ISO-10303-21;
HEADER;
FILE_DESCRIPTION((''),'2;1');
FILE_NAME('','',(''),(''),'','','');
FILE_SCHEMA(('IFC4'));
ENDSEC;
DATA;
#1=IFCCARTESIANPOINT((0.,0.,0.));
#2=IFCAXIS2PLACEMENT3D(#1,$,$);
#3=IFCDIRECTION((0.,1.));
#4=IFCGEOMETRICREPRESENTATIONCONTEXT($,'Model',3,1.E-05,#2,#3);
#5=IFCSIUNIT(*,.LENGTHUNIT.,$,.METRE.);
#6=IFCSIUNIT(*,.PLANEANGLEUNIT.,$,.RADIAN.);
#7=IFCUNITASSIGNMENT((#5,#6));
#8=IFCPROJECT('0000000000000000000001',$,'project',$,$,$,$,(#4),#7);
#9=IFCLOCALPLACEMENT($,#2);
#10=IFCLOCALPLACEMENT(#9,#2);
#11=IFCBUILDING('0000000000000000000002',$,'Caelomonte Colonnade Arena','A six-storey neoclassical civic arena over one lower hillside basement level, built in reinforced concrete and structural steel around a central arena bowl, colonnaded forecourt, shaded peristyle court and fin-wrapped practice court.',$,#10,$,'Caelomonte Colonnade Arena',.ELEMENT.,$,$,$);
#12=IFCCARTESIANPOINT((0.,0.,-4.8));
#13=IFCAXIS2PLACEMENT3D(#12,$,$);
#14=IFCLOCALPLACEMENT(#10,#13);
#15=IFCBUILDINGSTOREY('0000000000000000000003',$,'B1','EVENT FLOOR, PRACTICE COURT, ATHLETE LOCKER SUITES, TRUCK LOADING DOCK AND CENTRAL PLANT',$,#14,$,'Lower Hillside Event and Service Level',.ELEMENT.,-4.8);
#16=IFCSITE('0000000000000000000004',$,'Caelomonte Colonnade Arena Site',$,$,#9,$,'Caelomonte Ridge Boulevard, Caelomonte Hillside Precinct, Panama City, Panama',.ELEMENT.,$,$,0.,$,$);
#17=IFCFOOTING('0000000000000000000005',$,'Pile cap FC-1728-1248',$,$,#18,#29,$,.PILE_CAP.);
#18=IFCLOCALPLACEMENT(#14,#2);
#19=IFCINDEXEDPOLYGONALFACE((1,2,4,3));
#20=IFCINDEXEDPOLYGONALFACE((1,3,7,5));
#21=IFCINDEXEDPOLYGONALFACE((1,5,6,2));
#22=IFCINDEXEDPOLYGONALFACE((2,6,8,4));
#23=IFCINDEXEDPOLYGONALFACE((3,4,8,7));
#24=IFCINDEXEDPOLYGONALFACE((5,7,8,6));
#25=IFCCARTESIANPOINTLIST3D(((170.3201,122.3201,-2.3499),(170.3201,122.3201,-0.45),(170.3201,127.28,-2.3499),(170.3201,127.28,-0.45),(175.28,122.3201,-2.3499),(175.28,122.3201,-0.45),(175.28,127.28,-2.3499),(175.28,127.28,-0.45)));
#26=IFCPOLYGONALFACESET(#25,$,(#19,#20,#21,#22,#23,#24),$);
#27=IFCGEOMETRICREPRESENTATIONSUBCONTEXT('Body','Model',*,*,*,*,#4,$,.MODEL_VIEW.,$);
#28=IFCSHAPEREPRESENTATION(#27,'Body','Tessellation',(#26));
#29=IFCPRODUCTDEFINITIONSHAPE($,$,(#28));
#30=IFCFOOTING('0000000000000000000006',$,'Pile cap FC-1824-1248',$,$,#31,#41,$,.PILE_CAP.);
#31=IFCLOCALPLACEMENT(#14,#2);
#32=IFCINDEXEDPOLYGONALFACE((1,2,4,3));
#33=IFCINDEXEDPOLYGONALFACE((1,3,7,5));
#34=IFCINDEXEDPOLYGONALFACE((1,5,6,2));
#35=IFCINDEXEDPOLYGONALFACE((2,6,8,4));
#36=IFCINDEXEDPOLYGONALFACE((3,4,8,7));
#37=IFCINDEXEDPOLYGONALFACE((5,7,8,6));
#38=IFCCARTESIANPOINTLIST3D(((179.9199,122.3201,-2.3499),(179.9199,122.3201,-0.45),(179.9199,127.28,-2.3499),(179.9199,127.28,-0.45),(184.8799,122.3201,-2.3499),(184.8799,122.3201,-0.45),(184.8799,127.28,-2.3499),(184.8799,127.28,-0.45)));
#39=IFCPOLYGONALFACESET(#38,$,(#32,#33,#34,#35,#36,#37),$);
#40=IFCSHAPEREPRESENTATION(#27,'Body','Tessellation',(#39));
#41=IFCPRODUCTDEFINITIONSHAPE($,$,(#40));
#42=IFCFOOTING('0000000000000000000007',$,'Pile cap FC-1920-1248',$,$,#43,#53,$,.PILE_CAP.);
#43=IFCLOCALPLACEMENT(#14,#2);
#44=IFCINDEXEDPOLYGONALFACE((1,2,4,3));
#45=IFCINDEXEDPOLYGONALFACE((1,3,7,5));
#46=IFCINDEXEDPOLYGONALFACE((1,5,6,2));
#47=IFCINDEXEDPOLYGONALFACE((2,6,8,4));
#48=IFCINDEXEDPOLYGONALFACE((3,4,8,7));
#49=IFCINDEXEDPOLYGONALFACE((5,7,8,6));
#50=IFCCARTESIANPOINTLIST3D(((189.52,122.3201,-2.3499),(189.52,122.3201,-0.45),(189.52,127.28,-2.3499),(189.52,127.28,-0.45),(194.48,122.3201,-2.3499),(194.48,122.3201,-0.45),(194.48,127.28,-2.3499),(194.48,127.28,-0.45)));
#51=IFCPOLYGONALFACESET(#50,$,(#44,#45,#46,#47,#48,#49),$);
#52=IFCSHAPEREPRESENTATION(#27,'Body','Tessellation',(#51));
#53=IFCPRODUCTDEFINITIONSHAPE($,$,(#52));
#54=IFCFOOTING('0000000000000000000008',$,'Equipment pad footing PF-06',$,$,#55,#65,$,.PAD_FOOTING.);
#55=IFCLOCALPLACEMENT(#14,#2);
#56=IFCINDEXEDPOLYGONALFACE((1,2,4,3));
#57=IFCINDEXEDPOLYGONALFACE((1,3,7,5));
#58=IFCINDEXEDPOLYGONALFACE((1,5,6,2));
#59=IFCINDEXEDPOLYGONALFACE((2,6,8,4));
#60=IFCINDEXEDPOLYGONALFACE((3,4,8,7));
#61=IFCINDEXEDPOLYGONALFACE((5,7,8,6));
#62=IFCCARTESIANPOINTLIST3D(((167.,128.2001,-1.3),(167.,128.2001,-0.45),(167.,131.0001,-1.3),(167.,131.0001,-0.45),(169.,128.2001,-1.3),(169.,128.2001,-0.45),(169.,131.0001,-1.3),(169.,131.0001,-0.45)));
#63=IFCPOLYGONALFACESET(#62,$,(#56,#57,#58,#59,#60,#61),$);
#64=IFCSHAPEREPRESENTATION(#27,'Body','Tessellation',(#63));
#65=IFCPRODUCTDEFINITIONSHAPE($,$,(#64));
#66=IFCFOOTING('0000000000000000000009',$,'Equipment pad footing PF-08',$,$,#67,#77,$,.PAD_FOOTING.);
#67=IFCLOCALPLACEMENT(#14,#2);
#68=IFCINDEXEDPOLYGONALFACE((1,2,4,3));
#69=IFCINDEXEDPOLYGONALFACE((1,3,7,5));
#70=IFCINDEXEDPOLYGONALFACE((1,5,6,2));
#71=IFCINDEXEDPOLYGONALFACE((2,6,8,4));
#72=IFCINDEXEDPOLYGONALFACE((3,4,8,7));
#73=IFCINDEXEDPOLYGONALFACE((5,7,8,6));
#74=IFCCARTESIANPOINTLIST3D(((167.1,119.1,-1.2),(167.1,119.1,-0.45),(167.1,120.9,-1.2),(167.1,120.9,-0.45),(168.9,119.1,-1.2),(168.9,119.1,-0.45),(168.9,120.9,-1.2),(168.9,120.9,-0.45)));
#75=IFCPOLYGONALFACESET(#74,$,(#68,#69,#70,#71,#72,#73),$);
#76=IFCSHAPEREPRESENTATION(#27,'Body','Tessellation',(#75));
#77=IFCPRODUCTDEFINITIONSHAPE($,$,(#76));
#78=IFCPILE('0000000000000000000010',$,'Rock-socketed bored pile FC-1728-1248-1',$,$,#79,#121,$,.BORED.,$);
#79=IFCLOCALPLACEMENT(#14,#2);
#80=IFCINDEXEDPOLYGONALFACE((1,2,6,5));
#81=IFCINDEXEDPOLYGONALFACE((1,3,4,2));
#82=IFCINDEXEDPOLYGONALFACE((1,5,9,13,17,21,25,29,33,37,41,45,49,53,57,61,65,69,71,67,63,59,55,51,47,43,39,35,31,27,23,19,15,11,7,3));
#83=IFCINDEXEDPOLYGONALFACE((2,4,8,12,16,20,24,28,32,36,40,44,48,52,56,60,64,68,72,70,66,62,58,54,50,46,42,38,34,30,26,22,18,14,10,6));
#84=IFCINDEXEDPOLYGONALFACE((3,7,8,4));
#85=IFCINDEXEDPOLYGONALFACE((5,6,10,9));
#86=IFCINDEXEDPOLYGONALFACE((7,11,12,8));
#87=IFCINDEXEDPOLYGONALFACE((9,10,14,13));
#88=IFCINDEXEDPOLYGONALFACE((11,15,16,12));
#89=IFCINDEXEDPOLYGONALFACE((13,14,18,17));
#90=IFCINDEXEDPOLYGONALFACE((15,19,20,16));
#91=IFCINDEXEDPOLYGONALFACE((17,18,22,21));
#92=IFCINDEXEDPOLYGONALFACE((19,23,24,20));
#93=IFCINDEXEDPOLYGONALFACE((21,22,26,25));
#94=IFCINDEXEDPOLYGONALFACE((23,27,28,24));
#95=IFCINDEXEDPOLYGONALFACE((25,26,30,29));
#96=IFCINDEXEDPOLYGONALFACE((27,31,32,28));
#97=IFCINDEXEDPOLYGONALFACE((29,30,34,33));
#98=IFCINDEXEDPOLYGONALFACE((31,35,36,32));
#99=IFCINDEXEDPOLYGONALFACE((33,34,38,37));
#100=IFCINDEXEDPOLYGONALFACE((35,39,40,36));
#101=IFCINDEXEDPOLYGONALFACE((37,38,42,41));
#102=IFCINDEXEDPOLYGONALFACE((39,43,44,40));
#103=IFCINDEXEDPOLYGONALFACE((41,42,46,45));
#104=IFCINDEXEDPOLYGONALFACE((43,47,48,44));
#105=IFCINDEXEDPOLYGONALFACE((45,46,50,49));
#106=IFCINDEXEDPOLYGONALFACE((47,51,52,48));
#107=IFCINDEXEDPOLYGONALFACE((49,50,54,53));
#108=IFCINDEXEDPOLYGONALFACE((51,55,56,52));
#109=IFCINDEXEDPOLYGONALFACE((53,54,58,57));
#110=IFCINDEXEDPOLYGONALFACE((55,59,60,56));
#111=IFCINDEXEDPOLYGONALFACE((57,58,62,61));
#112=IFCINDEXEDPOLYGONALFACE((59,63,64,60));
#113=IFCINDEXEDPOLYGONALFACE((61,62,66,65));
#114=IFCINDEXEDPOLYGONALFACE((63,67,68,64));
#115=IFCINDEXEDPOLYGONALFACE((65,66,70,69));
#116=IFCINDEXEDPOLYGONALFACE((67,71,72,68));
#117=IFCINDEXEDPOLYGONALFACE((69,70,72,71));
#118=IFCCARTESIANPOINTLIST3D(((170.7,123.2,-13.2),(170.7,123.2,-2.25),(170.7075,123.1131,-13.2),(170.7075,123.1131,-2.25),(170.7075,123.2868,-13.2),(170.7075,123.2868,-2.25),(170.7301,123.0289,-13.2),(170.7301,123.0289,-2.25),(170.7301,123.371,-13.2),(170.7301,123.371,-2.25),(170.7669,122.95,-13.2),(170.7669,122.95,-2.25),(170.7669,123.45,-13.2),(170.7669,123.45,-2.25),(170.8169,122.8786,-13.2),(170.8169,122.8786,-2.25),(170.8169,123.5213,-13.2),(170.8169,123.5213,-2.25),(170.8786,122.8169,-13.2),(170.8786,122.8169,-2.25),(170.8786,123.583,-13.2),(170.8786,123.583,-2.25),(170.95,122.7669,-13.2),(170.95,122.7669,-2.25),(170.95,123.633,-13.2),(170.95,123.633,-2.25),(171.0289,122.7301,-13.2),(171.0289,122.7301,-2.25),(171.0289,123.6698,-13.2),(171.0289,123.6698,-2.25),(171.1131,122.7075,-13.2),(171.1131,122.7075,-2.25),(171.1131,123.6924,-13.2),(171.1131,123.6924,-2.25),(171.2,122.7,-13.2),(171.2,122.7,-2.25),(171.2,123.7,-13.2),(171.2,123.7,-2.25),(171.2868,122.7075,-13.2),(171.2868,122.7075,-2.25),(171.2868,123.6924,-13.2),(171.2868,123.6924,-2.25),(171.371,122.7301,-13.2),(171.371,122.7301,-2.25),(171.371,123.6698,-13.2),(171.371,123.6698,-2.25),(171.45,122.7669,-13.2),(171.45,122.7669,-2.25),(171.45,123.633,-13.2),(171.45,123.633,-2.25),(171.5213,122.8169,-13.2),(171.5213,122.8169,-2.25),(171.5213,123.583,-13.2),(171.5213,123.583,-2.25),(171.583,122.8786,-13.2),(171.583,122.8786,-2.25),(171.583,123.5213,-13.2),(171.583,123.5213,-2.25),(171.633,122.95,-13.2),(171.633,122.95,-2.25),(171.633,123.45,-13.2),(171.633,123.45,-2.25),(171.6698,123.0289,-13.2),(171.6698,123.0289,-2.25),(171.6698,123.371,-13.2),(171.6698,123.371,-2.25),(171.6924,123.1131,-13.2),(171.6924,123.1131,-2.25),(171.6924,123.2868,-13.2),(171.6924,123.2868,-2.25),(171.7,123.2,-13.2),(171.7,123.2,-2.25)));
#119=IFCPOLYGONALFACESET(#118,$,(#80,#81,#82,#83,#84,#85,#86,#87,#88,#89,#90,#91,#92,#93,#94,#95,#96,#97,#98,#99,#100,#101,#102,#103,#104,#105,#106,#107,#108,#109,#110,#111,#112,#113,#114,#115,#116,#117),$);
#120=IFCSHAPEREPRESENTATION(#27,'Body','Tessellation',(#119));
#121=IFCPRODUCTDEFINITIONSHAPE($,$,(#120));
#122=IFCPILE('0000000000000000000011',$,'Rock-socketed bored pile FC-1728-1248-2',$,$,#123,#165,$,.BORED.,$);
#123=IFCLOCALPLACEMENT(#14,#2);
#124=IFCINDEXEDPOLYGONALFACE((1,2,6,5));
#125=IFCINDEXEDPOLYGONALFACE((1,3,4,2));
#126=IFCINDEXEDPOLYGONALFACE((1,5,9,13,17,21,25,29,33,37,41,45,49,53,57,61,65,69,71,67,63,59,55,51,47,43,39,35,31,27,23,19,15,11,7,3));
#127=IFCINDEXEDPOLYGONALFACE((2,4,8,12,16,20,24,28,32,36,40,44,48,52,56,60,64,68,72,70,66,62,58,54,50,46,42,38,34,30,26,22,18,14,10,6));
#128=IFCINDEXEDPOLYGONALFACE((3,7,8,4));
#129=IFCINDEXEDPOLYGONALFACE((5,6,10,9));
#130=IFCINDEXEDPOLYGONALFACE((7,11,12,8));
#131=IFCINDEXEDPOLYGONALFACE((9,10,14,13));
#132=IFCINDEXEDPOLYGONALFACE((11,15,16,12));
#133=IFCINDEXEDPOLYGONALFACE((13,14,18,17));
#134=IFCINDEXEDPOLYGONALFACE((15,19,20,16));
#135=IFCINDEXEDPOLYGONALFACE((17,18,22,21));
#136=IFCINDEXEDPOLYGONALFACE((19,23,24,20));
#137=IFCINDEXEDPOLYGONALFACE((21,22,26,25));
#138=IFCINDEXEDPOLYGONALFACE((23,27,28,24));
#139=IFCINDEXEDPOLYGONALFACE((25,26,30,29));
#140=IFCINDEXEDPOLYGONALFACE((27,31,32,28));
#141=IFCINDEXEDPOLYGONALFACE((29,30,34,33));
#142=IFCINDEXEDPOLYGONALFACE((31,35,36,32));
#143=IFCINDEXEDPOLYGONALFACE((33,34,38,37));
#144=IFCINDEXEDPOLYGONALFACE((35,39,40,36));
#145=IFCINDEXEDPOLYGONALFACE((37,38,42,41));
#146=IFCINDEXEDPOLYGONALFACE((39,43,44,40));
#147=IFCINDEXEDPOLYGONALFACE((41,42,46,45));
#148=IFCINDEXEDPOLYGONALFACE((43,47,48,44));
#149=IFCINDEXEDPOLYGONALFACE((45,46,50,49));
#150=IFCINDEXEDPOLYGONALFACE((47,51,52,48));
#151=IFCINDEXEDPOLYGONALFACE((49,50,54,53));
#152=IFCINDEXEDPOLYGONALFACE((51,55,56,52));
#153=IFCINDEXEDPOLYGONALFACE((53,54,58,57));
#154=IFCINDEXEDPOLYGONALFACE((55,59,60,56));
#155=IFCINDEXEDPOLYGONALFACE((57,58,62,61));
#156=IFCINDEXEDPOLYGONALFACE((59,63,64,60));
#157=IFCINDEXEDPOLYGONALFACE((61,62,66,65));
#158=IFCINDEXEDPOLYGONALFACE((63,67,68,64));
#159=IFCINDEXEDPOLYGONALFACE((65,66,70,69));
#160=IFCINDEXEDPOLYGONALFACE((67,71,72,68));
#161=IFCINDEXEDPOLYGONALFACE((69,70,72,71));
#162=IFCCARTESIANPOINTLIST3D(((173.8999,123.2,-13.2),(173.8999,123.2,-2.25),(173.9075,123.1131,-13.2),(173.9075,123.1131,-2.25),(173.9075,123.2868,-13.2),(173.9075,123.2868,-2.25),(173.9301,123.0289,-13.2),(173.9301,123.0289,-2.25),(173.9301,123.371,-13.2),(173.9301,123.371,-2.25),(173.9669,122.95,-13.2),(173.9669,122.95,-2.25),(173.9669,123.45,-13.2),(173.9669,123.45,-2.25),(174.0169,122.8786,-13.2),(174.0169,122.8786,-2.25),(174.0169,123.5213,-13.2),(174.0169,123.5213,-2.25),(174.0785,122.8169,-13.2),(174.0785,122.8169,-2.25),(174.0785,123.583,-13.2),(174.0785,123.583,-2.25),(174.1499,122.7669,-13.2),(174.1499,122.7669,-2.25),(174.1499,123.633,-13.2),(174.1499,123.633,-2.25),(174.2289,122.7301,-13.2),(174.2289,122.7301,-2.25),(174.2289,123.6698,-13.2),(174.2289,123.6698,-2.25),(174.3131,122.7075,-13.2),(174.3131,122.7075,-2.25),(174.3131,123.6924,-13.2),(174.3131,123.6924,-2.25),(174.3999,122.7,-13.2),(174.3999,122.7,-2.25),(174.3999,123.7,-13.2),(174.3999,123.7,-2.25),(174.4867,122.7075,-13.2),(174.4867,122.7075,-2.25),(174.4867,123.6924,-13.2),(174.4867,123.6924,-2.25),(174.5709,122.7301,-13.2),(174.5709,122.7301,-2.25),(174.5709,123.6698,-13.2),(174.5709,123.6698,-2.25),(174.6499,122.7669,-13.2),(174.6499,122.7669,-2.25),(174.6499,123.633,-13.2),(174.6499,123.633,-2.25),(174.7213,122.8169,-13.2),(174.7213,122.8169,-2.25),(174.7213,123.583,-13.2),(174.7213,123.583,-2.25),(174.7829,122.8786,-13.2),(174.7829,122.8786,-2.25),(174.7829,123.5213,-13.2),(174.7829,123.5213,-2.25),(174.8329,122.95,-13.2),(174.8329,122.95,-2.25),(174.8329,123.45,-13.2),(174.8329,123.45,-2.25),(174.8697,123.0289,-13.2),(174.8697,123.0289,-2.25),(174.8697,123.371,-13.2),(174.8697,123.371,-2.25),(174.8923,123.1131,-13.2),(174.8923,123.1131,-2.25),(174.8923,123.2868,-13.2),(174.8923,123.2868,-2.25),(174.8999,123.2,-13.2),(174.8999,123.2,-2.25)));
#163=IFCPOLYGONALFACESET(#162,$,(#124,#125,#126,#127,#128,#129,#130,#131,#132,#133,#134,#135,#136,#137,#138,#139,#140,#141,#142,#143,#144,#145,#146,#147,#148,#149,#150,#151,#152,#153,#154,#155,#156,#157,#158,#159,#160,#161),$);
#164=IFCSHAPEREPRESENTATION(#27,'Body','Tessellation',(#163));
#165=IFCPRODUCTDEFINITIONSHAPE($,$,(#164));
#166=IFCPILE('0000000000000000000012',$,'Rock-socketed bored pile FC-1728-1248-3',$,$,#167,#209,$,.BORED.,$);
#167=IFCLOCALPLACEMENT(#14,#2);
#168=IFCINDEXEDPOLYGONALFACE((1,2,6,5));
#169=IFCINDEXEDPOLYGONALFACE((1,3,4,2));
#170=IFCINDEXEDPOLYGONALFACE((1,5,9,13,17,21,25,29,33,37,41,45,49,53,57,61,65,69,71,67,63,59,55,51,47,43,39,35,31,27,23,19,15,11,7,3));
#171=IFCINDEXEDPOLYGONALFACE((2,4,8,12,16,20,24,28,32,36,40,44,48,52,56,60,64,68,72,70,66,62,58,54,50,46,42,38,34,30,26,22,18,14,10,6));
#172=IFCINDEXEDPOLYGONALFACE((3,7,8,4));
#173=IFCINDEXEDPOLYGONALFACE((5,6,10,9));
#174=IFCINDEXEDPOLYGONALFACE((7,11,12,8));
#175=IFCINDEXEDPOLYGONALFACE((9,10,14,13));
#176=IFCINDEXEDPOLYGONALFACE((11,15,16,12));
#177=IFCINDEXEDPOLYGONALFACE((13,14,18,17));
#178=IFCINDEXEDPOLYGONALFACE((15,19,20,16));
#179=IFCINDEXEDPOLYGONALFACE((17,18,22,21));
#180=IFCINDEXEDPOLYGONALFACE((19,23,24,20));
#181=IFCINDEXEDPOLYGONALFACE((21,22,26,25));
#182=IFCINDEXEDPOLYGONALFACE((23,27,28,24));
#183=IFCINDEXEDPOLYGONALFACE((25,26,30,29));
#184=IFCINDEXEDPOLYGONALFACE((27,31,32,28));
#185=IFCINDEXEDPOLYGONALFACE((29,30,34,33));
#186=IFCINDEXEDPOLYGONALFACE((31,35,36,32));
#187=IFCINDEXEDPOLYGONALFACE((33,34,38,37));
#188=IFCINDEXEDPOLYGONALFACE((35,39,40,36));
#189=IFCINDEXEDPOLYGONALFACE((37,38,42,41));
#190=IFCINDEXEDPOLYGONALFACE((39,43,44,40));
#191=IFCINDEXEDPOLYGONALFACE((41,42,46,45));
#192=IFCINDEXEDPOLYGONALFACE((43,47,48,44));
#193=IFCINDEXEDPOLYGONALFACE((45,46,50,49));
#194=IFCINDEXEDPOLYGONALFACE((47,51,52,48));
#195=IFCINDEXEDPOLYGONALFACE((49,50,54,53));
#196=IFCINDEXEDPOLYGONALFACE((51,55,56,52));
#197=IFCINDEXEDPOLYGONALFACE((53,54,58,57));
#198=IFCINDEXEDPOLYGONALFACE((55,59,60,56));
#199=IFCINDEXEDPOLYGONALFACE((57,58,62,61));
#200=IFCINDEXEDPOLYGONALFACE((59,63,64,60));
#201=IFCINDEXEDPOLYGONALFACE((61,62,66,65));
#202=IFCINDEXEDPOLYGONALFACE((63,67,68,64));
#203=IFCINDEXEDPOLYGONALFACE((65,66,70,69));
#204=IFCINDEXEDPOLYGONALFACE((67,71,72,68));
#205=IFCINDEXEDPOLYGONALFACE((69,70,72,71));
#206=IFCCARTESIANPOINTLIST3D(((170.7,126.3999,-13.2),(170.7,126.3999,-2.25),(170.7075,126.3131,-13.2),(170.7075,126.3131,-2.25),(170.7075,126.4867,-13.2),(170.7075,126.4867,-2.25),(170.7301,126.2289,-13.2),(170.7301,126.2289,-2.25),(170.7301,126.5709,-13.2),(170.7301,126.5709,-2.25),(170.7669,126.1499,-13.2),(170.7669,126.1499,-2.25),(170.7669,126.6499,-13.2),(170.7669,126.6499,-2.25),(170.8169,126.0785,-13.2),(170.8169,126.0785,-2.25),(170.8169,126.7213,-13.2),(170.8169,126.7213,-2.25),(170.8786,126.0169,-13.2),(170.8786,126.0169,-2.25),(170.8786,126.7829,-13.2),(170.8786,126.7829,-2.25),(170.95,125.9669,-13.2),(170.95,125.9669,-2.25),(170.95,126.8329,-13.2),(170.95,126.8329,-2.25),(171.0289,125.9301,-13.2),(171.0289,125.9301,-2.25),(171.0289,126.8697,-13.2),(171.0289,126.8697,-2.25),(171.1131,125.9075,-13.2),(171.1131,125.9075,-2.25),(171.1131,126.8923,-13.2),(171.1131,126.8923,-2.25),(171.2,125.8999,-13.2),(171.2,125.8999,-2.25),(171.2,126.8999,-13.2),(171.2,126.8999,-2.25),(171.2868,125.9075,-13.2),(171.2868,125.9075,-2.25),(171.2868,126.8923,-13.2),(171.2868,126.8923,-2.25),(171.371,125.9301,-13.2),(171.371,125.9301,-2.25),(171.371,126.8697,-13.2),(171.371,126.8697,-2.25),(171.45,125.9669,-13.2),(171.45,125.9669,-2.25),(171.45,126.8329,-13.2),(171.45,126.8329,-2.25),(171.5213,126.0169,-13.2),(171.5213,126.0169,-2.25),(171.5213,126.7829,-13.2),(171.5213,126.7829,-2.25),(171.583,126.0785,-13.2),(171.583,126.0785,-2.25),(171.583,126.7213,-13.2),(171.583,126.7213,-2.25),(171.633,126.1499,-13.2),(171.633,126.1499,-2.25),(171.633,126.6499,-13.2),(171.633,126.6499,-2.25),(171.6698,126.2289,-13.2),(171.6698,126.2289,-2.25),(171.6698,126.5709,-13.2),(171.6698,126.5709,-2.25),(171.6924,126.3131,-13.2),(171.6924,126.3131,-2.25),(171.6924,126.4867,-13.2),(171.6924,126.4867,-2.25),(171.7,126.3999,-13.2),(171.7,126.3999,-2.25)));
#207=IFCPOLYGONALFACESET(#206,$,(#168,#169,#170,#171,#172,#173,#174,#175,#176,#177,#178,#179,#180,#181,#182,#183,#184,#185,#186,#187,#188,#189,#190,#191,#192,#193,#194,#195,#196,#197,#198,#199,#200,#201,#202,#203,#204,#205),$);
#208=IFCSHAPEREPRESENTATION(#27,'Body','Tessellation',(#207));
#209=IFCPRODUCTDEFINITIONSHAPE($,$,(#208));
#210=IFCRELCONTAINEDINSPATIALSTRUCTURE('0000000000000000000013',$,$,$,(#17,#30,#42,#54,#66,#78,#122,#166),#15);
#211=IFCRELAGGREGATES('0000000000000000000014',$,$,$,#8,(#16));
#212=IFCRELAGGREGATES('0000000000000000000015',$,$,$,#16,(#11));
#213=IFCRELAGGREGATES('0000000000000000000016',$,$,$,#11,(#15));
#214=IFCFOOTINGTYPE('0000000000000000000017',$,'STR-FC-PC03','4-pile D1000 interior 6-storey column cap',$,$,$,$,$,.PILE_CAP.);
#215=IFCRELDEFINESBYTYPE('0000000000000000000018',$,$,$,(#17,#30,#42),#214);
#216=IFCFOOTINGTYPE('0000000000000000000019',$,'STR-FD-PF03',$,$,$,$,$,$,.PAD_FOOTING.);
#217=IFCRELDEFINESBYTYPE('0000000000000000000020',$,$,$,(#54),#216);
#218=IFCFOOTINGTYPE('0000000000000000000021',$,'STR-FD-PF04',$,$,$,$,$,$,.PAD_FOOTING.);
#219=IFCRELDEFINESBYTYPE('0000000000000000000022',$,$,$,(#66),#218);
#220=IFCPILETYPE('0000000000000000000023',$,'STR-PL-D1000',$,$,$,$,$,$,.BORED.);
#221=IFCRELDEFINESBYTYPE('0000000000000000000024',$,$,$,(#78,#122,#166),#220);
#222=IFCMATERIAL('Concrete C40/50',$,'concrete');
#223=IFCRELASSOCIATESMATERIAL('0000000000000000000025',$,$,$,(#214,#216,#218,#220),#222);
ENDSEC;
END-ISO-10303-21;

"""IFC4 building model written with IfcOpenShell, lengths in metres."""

from ifc_helpers import new_model, si_unit, direction, frame, origin, origin_2d, place, context, subcontext, project, spatial, rectangle, circle, extrude, material, material_profile, profile_set, type_object, element, save


model = new_model("IFC4")

# Units and contexts
model_context = context("Model", 3, precision=1e-05, world=origin(), true_north=direction((0.0, 1.0)))
body_context = subcontext(model_context, "Body", "Model", "MODEL_VIEW")
ifc_project = project(units=[si_unit("LENGTHUNIT", "METRE"), si_unit("PLANEANGLEUNIT", "RADIAN")], contexts=[model_context])

# Site, building, storey
site_placement = place(None, origin())
site = spatial("IfcSite", under=ifc_project, at=site_placement, Name="Caelomonte Colonnade Arena Site", LongName="Caelomonte Ridge Boulevard, Caelomonte Hillside Precinct, Panama City, Panama", CompositionType="ELEMENT", RefElevation=0.0)
building_placement = place(site_placement, origin())
building = spatial("IfcBuilding", under=site, at=building_placement, Name="Caelomonte Colonnade Arena", Description="A six-storey neoclassical civic arena over one lower hillside basement level, built in reinforced concrete and structural steel around a central arena bowl, colonnaded forecourt, shaded peristyle court and fin-wrapped practice court.", LongName="Caelomonte Colonnade Arena", CompositionType="ELEMENT")
storey_placement = place(building_placement, frame((0.0, 0.0, -4.8)))
storey = spatial("IfcBuildingStorey", under=building, at=storey_placement, Name="B1", Description="EVENT FLOOR, PRACTICE COURT, ATHLETE LOCKER SUITES, TRUCK LOADING DOCK AND CENTRAL PLANT", LongName="Lower Hillside Event and Service Level", CompositionType="ELEMENT", Elevation=-4.8)

# Footings
ifc_material_1 = material(Name="Concrete C40/50", Category="concrete")
footing_type_1 = type_object("IfcFootingType", Name="STR-FC-PC03", Description="4-pile D1000 interior 6-storey column cap", PredefinedType="PILE_CAP", material=ifc_material_1)
for number, where, z_axis, x_axis, name in (
    (1, (172.8, 124.8, -2.3499), (0.0, 0.0, 1.0), (1.0, 0.0, 0.0), "Pile cap FC-1728-1248"),
    (2, (182.3999, 124.8, -2.3499), (0.0, 0.0, 1.0), (1.0, 0.0, 0.0), "Pile cap FC-1824-1248"),
    (3, (192.0, 124.8, -2.3499), (0.0, 0.0, 1.0), (1.0, 0.0, 0.0), "Pile cap FC-1920-1248"),
):
    element("IfcFooting", number, at=place(storey_placement, frame(where, z_axis=z_axis, x_axis=x_axis)), inside=storey, type_object=footing_type_1, Name=name, PredefinedType="PILE_CAP", context=body_context, shape_type="SweptSolid", body=[
        extrude(rectangle(XDim=4.96, YDim=4.96, at=origin_2d()), origin(), (0.0, 0.0, 1.0), 1.8999),
    ])
footing_type_2 = type_object("IfcFootingType", Name="STR-FD-PF03", PredefinedType="PAD_FOOTING", material=ifc_material_1)
footing_1_placement = place(storey_placement, frame((168.0, 129.6001, -1.3), z_axis=(0.0, 0.0, 1.0), x_axis=(1.0, 0.0, 0.0)))
element("IfcFooting", 4, at=footing_1_placement, inside=storey, type_object=footing_type_2, Name="Equipment pad footing PF-06", PredefinedType="PAD_FOOTING", context=body_context, shape_type="SweptSolid", body=[
    extrude(rectangle(XDim=2.0, YDim=2.8, at=origin_2d()), origin(), (0.0, 0.0, 1.0), 0.8501),
])
footing_type_3 = type_object("IfcFootingType", Name="STR-FD-PF04", PredefinedType="PAD_FOOTING", material=ifc_material_1)
footing_2_placement = place(storey_placement, frame((168.0, 120.0, -1.2), z_axis=(0.0, 0.0, 1.0), x_axis=(1.0, 0.0, 0.0)))
element("IfcFooting", 5, at=footing_2_placement, inside=storey, type_object=footing_type_3, Name="Equipment pad footing PF-08", PredefinedType="PAD_FOOTING", context=body_context, shape_type="SweptSolid", body=[
    extrude(rectangle(XDim=1.8, YDim=1.8, at=origin_2d()), origin(), (0.0, 0.0, 1.0), 0.75),
])

# Piles
ifc_material_profile_1 = material_profile(ifc_material_1, circle(Radius=0.5, at=origin_2d()), Name="PILE-D1000")
ifc_profile_set_1 = profile_set([ifc_material_profile_1], Name="Concrete C40/50")
pile_type = type_object("IfcPileType", Name="STR-PL-D1000", PredefinedType="BORED", material=ifc_profile_set_1)
for number, where, z_axis, x_axis, name in (
    (6, (171.2, 123.2, -2.25), (0.0, 0.0, -1.0), (1.0, 0.0, 0.0), "Rock-socketed bored pile FC-1728-1248-1"),
    (7, (174.3999, 123.2, -2.25), (0.0, 0.0, -1.0), (1.0, 0.0, 0.0), "Rock-socketed bored pile FC-1728-1248-2"),
    (8, (171.2, 126.3999, -2.25), (0.0, 0.0, -1.0), (1.0, 0.0, 0.0), "Rock-socketed bored pile FC-1728-1248-3"),
):
    element("IfcPile", number, at=place(storey_placement, frame(where, z_axis=z_axis, x_axis=x_axis)), inside=storey, type_object=pile_type, Name=name, PredefinedType="BORED", context=body_context, shape_type="SweptSolid", body=[
        extrude(circle(Radius=0.5, at=origin_2d()), origin(), (0.0, 0.0, 1.0), 10.95),
    ])

save(model, "model.ifc")
